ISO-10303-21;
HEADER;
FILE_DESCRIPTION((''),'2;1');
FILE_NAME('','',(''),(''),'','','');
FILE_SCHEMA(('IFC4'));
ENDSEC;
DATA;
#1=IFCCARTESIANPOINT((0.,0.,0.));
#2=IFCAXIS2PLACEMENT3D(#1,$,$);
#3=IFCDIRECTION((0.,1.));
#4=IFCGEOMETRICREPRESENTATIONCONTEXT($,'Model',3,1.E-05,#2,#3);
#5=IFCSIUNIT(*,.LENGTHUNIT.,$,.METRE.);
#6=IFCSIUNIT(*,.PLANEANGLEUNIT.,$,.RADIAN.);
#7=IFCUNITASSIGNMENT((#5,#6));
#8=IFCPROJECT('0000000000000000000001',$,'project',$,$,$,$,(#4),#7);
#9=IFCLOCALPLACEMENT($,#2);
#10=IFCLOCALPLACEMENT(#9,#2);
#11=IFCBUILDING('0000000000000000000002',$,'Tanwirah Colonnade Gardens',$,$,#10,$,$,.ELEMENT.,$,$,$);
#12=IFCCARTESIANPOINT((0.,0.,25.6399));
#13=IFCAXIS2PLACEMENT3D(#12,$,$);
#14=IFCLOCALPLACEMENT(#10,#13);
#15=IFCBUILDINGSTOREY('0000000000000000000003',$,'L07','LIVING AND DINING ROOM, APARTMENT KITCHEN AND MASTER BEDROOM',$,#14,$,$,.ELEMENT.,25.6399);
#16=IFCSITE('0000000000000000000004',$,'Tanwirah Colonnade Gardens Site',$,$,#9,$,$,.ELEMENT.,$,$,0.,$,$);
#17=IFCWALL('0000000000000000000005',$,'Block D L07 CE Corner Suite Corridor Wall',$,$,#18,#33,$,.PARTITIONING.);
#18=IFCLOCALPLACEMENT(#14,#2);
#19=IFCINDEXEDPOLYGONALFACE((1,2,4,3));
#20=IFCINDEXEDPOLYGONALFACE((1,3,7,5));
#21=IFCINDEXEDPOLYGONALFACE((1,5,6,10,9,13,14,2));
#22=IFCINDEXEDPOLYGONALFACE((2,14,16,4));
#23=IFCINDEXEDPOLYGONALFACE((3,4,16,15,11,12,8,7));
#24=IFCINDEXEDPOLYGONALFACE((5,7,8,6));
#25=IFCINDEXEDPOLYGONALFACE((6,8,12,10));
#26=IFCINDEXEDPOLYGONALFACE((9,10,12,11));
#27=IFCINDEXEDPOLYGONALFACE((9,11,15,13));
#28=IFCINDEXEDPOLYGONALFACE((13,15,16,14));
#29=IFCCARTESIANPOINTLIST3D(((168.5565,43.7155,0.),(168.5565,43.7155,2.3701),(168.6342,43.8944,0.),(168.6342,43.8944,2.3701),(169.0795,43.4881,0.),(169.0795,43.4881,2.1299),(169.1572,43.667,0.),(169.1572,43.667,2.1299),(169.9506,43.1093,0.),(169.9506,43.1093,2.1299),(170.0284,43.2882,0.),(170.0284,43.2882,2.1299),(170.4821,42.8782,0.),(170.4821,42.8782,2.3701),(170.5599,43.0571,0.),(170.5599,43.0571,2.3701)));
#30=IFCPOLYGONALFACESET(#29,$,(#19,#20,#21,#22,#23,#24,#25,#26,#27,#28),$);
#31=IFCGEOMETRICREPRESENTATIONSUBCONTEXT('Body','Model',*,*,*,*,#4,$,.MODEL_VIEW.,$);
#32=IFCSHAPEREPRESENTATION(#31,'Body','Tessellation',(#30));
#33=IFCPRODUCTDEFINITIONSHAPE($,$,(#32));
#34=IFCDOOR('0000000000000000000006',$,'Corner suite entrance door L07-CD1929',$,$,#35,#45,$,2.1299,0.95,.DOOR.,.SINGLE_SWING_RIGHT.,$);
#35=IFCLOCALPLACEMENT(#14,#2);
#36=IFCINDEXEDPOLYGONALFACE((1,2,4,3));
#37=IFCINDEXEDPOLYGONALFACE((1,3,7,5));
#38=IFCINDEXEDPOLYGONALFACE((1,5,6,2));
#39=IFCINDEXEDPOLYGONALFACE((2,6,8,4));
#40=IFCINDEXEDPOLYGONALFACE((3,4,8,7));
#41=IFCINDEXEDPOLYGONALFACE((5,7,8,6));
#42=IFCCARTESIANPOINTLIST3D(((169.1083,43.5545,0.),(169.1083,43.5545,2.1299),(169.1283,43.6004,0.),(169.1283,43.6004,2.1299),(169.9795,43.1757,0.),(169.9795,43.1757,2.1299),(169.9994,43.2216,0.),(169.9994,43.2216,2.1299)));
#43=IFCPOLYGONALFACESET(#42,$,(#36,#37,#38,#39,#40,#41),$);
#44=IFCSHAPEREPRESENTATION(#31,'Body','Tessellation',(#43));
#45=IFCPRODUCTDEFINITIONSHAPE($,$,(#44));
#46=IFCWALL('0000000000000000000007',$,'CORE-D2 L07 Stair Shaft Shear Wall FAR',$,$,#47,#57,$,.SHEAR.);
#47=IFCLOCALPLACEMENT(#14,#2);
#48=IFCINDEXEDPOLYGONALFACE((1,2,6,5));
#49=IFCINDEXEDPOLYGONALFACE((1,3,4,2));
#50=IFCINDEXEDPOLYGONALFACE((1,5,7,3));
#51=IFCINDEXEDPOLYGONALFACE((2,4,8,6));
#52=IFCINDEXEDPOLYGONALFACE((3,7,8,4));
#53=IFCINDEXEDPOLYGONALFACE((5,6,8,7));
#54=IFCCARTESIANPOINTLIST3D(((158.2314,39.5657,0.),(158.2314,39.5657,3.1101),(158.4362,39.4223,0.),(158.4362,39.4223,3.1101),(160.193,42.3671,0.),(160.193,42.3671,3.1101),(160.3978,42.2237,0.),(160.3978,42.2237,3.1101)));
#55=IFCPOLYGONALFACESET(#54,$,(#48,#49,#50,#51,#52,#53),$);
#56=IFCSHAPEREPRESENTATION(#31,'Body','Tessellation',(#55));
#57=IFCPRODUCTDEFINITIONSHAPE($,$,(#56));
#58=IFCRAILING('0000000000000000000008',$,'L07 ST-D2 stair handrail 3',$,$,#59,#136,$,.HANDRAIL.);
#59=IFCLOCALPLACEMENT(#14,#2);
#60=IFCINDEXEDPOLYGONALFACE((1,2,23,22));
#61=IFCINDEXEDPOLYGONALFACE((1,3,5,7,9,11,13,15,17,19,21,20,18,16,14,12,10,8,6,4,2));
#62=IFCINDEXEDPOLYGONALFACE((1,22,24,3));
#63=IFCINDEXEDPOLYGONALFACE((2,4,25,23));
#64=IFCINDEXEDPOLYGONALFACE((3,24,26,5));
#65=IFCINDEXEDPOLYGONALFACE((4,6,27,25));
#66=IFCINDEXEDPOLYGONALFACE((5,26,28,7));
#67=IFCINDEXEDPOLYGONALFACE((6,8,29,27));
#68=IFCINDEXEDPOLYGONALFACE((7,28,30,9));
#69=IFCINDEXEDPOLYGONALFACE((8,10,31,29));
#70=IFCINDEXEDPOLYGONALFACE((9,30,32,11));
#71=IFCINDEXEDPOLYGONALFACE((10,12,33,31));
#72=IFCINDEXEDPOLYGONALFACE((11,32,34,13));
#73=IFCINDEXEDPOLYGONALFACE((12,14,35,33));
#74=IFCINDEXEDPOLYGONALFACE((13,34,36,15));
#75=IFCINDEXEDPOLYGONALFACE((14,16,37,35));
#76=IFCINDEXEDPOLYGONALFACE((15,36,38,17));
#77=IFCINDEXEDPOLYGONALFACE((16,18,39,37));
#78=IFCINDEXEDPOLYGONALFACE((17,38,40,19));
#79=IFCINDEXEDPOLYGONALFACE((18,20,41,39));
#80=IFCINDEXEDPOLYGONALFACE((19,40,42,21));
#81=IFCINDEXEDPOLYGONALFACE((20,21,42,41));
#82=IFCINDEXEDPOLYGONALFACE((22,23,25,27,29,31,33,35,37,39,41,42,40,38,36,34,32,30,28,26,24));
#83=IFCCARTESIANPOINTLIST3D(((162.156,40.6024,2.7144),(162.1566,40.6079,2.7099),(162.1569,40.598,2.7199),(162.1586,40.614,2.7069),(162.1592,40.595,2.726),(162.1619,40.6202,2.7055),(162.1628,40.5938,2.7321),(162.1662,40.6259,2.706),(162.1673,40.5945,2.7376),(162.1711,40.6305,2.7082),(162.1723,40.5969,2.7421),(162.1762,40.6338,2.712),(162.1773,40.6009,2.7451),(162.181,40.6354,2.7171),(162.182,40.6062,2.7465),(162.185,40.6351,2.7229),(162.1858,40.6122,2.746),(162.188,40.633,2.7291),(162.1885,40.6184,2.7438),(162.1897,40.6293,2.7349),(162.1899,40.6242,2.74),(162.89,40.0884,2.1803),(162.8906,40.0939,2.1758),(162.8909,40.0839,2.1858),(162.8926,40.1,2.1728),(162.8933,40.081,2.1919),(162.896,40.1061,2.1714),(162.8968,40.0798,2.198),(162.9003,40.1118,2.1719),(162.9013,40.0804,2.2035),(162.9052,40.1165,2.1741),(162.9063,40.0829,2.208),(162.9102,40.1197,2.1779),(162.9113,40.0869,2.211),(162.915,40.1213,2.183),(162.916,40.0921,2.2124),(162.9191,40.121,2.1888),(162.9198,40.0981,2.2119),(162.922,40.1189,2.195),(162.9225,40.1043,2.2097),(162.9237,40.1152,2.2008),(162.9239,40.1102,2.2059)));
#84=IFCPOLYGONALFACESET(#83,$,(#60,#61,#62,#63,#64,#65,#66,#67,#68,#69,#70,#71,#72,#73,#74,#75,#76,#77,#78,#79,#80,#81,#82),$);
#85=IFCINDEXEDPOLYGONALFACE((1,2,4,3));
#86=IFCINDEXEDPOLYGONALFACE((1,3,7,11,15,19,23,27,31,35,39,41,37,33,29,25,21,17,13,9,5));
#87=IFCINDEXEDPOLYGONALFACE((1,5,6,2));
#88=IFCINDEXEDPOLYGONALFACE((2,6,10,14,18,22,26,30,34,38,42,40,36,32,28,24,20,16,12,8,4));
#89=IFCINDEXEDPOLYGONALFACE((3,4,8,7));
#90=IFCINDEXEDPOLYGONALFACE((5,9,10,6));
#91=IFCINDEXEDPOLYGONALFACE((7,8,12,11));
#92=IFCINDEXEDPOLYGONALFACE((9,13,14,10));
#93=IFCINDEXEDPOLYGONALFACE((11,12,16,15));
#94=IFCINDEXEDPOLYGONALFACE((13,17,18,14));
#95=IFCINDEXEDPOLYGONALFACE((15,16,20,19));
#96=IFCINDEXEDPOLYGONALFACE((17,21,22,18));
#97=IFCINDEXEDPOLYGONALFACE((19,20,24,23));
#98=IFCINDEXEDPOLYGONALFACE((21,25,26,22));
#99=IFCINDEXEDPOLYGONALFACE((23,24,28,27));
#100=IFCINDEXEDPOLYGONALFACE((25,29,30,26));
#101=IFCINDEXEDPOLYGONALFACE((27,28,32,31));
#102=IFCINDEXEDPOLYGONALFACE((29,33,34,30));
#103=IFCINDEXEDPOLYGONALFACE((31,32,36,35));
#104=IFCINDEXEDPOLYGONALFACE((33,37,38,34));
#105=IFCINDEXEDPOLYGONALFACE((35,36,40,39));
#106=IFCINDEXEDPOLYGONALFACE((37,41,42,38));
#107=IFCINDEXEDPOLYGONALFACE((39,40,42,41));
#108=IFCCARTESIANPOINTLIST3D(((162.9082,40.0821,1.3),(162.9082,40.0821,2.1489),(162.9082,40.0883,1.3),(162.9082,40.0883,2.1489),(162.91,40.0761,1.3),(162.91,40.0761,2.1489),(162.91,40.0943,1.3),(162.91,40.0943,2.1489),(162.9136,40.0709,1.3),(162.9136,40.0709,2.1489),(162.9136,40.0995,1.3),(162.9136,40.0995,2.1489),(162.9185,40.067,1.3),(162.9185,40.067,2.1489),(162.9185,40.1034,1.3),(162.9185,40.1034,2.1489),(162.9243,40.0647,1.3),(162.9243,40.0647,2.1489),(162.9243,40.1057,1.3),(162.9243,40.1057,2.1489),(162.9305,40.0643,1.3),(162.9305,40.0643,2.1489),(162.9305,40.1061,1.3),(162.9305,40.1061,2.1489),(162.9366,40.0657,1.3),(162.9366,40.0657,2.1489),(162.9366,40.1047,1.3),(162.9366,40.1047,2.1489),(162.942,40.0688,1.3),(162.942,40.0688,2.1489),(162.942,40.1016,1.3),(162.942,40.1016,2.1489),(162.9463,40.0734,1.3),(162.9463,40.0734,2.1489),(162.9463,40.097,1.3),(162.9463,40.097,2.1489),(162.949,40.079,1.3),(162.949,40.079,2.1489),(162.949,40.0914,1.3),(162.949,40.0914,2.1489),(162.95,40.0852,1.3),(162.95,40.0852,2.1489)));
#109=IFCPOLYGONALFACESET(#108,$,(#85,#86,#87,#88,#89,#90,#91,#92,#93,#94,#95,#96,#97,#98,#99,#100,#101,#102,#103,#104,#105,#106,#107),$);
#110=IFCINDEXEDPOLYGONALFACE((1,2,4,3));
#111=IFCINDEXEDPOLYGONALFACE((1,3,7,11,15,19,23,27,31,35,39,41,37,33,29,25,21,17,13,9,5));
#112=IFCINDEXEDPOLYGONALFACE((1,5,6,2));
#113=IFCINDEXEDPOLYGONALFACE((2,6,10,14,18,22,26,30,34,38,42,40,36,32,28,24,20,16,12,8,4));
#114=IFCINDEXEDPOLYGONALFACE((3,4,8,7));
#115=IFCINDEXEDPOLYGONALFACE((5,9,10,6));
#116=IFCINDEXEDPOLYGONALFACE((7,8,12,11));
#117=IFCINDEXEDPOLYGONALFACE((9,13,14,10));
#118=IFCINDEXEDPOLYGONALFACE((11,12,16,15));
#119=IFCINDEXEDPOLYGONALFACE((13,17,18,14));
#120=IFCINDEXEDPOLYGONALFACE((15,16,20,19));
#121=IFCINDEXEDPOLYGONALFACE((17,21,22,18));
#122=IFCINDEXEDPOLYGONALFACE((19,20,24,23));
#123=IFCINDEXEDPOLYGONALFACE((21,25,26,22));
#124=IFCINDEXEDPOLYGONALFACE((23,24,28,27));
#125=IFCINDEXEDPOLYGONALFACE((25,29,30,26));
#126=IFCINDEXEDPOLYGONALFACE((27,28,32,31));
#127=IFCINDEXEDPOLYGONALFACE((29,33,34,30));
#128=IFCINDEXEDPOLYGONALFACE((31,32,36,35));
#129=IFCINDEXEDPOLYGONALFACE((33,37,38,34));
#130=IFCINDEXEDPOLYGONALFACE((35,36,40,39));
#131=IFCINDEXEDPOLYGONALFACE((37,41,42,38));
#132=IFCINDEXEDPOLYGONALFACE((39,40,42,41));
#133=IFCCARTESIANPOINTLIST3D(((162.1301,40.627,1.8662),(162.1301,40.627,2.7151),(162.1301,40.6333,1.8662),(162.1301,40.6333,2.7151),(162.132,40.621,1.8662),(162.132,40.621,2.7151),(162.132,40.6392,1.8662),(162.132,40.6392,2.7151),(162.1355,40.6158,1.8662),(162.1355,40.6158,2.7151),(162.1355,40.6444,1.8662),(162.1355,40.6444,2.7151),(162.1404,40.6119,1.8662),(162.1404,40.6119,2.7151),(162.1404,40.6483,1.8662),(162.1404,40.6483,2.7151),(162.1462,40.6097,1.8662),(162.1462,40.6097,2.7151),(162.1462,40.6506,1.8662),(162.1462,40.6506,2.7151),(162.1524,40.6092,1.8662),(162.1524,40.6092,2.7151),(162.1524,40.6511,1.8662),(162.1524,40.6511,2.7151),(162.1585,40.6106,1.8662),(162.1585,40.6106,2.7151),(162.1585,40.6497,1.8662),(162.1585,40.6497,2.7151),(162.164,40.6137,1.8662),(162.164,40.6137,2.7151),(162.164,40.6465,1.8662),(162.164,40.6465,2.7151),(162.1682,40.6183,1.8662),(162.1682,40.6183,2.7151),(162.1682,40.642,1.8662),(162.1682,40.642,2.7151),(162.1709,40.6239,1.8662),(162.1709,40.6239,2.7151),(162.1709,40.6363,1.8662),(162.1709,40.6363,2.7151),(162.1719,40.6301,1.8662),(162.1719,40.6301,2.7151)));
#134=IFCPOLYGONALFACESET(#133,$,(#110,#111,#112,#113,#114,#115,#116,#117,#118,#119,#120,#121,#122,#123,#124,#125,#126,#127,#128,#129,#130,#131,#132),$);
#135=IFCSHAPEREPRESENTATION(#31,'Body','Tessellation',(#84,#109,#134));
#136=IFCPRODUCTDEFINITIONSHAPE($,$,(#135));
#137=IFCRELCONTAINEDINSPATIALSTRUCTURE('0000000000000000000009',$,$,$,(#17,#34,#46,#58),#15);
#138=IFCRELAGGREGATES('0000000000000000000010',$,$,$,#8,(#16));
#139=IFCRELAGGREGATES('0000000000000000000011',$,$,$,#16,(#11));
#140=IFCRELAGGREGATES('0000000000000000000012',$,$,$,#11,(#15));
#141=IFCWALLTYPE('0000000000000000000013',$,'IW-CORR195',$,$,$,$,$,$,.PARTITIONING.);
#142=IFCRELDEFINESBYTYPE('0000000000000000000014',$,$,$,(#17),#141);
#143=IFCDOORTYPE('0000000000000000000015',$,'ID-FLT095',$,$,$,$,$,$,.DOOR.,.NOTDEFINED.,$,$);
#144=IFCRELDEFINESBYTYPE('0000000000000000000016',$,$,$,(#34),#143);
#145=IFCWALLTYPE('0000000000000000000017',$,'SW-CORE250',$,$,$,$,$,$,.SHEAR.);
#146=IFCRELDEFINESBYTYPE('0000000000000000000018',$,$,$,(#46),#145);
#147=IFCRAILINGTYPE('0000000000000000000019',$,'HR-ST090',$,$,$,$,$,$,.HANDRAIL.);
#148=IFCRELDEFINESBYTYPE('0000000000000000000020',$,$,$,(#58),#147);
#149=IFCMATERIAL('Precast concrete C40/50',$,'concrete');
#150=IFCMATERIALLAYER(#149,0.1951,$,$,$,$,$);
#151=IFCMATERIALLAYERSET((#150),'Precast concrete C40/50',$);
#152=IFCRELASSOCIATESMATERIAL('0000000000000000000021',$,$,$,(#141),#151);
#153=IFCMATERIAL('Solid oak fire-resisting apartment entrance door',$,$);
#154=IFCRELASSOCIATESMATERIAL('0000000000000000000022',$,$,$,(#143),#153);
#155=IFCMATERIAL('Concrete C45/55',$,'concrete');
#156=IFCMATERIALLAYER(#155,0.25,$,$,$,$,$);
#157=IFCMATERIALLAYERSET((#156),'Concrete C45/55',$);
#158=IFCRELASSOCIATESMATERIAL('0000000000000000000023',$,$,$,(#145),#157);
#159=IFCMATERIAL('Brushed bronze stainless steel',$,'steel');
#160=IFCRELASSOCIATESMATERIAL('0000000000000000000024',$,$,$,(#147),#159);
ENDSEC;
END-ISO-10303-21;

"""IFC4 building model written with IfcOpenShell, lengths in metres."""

from ifc_helpers import new_model, si_unit, direction, frame, frame_2d, origin, origin_2d, place, context, subcontext, project, spatial, rectangle, circle, extrude, material, layer, layer_set, type_object, element, fill, save


model = new_model("IFC4")

# Units and contexts
model_context = context("Model", 3, precision=1e-05, world=origin(), true_north=direction((0.0, 1.0)))
body_context = subcontext(model_context, "Body", "Model", "MODEL_VIEW")
ifc_project = project(units=[si_unit("LENGTHUNIT", "METRE"), si_unit("PLANEANGLEUNIT", "RADIAN")], contexts=[model_context])

# Site, building, storey
site_placement = place(None, origin())
site = spatial("IfcSite", under=ifc_project, at=site_placement, Name="Tanwirah Colonnade Gardens Site", CompositionType="ELEMENT", RefElevation=0.0)
building_placement = place(site_placement, origin())
building = spatial("IfcBuilding", under=site, at=building_placement, Name="Tanwirah Colonnade Gardens", CompositionType="ELEMENT")
storey_placement = place(building_placement, frame((0.0, 0.0, 25.6399)))
storey = spatial("IfcBuildingStorey", under=building, at=storey_placement, Name="L07", Description="LIVING AND DINING ROOM, APARTMENT KITCHEN AND MASTER BEDROOM", CompositionType="ELEMENT", Elevation=25.6399)

# Shared definitions
ifc_material_1 = material(Name="Precast concrete C40/50", Category="concrete")

# Wall, opening, door
ifc_layer_1 = layer(ifc_material_1, 0.1951)
ifc_layer_set_1 = layer_set([ifc_layer_1], Name="Precast concrete C40/50")
wall_type_1 = type_object("IfcWallType", Name="IW-CORR195", PredefinedType="PARTITIONING", material=ifc_layer_set_1)
ifc_material_2 = material(Name="Solid oak fire-resisting apartment entrance door")
wall_1_placement = place(storey_placement, frame((168.5955, 43.8049, 0.0), z_axis=(0.0, 0.0, 1.0), x_axis=(0.917052, -0.398769, 0.0)))
wall_1 = element("IfcWall", 1, at=wall_1_placement, inside=storey, type_object=wall_type_1, Name="Block D L07 CE Corner Suite Corridor Wall", PredefinedType="PARTITIONING", context=body_context, shape_type="SweptSolid", body=[
    extrude(rectangle(XDim=2.0999, YDim=0.1951, at=frame_2d((1.0498, 0.0))), origin(), (0.0, 0.0, 1.0), 2.3701),
])
opening_1_placement = place(wall_1_placement, frame((0.5701, 0.0, 0.0)))
opening_1 = element("IfcOpeningElement", 2, at=opening_1_placement, cuts=wall_1, PredefinedType="OPENING", context=body_context, shape_type="SweptSolid", body=[
    extrude(rectangle(XDim=0.95, YDim=2.1299, at=frame_2d((0.4751, 1.0649))), frame((0.0, 0.1074, 0.0), z_axis=(0.0, -1.0, 0.0), x_axis=(1.0, 0.0, 0.0)), (0.0, 0.0, 1.0), 0.2151),
])
door_type_1 = type_object("IfcDoorType", Name="ID-FLT095", OperationType="NOTDEFINED", PredefinedType="DOOR", material=ifc_material_2)
door_1_placement = place(opening_1_placement, origin())
door_1 = element("IfcDoor", 3, at=door_1_placement, inside=storey, type_object=door_type_1, Name="Corner suite entrance door L07-CD1929", OperationType="SINGLE_SWING_RIGHT", OverallHeight=2.1299, OverallWidth=0.95, PredefinedType="DOOR", context=body_context, shape_type="SweptSolid", body=[
    extrude(rectangle(XDim=0.95, YDim=2.1299, at=frame_2d((0.4751, 1.0649))), frame((0.0, 0.0249, 0.0), z_axis=(0.0, -1.0, 0.0), x_axis=(1.0, 0.0, 0.0)), (0.0, 0.0, 1.0), 0.05),
])
fill(opening_1, door_1)

# Wall
ifc_material_3 = material(Name="Concrete C45/55", Category="concrete")
ifc_layer_2 = layer(ifc_material_3, 0.25)
ifc_layer_set_2 = layer_set([ifc_layer_2], Name="Concrete C45/55")
wall_type_2 = type_object("IfcWallType", Name="SW-CORE250", PredefinedType="SHEAR", material=ifc_layer_set_2)
wall_2_placement = place(storey_placement, frame((160.2954, 42.2954, 0.0), z_axis=(0.0, 0.0, 1.0), x_axis=(-0.573582, -0.819148, 0.0)))
element("IfcWall", 4, at=wall_2_placement, inside=storey, type_object=wall_type_2, Name="CORE-D2 L07 Stair Shaft Shear Wall FAR", PredefinedType="SHEAR", context=body_context, shape_type="SweptSolid", body=[
    extrude(rectangle(XDim=3.4199, YDim=0.25, at=frame_2d((1.71, 0.0))), origin(), (0.0, 0.0, 1.0), 3.1101),
])

# Railing
ifc_material_4 = material(Name="Brushed bronze stainless steel", Category="steel")
railing_type_1 = type_object("IfcRailingType", Name="HR-ST090", PredefinedType="HANDRAIL", material=ifc_material_4)
railing_1_placement = place(storey_placement, frame((162.929, 40.0852, 1.3)))
element("IfcRailing", 5, at=railing_1_placement, inside=storey, type_object=railing_type_1, Name="L07 ST-D2 stair handrail 3", PredefinedType="HANDRAIL", context=body_context, shape_type="SweptSolid", body=[
    extrude(circle(Radius=0.0239, at=origin_2d()), frame((-0.022, 0.0154, 0.8918), z_axis=(-0.703607, 0.492767, 0.511975), x_axis=(-0.573652, -0.819099, 0.0)), (0.0, 0.0, 1.0), 1.0432),
    extrude(circle(Radius=0.021, at=origin_2d()), origin(), (0.0, 0.0, 1.0), 0.8489),
    extrude(circle(Radius=0.021, at=origin_2d()), frame((-0.7781, 0.5449, 0.5662)), (0.0, 0.0, 1.0), 0.8489),
])

save(model, "model.ifc")
